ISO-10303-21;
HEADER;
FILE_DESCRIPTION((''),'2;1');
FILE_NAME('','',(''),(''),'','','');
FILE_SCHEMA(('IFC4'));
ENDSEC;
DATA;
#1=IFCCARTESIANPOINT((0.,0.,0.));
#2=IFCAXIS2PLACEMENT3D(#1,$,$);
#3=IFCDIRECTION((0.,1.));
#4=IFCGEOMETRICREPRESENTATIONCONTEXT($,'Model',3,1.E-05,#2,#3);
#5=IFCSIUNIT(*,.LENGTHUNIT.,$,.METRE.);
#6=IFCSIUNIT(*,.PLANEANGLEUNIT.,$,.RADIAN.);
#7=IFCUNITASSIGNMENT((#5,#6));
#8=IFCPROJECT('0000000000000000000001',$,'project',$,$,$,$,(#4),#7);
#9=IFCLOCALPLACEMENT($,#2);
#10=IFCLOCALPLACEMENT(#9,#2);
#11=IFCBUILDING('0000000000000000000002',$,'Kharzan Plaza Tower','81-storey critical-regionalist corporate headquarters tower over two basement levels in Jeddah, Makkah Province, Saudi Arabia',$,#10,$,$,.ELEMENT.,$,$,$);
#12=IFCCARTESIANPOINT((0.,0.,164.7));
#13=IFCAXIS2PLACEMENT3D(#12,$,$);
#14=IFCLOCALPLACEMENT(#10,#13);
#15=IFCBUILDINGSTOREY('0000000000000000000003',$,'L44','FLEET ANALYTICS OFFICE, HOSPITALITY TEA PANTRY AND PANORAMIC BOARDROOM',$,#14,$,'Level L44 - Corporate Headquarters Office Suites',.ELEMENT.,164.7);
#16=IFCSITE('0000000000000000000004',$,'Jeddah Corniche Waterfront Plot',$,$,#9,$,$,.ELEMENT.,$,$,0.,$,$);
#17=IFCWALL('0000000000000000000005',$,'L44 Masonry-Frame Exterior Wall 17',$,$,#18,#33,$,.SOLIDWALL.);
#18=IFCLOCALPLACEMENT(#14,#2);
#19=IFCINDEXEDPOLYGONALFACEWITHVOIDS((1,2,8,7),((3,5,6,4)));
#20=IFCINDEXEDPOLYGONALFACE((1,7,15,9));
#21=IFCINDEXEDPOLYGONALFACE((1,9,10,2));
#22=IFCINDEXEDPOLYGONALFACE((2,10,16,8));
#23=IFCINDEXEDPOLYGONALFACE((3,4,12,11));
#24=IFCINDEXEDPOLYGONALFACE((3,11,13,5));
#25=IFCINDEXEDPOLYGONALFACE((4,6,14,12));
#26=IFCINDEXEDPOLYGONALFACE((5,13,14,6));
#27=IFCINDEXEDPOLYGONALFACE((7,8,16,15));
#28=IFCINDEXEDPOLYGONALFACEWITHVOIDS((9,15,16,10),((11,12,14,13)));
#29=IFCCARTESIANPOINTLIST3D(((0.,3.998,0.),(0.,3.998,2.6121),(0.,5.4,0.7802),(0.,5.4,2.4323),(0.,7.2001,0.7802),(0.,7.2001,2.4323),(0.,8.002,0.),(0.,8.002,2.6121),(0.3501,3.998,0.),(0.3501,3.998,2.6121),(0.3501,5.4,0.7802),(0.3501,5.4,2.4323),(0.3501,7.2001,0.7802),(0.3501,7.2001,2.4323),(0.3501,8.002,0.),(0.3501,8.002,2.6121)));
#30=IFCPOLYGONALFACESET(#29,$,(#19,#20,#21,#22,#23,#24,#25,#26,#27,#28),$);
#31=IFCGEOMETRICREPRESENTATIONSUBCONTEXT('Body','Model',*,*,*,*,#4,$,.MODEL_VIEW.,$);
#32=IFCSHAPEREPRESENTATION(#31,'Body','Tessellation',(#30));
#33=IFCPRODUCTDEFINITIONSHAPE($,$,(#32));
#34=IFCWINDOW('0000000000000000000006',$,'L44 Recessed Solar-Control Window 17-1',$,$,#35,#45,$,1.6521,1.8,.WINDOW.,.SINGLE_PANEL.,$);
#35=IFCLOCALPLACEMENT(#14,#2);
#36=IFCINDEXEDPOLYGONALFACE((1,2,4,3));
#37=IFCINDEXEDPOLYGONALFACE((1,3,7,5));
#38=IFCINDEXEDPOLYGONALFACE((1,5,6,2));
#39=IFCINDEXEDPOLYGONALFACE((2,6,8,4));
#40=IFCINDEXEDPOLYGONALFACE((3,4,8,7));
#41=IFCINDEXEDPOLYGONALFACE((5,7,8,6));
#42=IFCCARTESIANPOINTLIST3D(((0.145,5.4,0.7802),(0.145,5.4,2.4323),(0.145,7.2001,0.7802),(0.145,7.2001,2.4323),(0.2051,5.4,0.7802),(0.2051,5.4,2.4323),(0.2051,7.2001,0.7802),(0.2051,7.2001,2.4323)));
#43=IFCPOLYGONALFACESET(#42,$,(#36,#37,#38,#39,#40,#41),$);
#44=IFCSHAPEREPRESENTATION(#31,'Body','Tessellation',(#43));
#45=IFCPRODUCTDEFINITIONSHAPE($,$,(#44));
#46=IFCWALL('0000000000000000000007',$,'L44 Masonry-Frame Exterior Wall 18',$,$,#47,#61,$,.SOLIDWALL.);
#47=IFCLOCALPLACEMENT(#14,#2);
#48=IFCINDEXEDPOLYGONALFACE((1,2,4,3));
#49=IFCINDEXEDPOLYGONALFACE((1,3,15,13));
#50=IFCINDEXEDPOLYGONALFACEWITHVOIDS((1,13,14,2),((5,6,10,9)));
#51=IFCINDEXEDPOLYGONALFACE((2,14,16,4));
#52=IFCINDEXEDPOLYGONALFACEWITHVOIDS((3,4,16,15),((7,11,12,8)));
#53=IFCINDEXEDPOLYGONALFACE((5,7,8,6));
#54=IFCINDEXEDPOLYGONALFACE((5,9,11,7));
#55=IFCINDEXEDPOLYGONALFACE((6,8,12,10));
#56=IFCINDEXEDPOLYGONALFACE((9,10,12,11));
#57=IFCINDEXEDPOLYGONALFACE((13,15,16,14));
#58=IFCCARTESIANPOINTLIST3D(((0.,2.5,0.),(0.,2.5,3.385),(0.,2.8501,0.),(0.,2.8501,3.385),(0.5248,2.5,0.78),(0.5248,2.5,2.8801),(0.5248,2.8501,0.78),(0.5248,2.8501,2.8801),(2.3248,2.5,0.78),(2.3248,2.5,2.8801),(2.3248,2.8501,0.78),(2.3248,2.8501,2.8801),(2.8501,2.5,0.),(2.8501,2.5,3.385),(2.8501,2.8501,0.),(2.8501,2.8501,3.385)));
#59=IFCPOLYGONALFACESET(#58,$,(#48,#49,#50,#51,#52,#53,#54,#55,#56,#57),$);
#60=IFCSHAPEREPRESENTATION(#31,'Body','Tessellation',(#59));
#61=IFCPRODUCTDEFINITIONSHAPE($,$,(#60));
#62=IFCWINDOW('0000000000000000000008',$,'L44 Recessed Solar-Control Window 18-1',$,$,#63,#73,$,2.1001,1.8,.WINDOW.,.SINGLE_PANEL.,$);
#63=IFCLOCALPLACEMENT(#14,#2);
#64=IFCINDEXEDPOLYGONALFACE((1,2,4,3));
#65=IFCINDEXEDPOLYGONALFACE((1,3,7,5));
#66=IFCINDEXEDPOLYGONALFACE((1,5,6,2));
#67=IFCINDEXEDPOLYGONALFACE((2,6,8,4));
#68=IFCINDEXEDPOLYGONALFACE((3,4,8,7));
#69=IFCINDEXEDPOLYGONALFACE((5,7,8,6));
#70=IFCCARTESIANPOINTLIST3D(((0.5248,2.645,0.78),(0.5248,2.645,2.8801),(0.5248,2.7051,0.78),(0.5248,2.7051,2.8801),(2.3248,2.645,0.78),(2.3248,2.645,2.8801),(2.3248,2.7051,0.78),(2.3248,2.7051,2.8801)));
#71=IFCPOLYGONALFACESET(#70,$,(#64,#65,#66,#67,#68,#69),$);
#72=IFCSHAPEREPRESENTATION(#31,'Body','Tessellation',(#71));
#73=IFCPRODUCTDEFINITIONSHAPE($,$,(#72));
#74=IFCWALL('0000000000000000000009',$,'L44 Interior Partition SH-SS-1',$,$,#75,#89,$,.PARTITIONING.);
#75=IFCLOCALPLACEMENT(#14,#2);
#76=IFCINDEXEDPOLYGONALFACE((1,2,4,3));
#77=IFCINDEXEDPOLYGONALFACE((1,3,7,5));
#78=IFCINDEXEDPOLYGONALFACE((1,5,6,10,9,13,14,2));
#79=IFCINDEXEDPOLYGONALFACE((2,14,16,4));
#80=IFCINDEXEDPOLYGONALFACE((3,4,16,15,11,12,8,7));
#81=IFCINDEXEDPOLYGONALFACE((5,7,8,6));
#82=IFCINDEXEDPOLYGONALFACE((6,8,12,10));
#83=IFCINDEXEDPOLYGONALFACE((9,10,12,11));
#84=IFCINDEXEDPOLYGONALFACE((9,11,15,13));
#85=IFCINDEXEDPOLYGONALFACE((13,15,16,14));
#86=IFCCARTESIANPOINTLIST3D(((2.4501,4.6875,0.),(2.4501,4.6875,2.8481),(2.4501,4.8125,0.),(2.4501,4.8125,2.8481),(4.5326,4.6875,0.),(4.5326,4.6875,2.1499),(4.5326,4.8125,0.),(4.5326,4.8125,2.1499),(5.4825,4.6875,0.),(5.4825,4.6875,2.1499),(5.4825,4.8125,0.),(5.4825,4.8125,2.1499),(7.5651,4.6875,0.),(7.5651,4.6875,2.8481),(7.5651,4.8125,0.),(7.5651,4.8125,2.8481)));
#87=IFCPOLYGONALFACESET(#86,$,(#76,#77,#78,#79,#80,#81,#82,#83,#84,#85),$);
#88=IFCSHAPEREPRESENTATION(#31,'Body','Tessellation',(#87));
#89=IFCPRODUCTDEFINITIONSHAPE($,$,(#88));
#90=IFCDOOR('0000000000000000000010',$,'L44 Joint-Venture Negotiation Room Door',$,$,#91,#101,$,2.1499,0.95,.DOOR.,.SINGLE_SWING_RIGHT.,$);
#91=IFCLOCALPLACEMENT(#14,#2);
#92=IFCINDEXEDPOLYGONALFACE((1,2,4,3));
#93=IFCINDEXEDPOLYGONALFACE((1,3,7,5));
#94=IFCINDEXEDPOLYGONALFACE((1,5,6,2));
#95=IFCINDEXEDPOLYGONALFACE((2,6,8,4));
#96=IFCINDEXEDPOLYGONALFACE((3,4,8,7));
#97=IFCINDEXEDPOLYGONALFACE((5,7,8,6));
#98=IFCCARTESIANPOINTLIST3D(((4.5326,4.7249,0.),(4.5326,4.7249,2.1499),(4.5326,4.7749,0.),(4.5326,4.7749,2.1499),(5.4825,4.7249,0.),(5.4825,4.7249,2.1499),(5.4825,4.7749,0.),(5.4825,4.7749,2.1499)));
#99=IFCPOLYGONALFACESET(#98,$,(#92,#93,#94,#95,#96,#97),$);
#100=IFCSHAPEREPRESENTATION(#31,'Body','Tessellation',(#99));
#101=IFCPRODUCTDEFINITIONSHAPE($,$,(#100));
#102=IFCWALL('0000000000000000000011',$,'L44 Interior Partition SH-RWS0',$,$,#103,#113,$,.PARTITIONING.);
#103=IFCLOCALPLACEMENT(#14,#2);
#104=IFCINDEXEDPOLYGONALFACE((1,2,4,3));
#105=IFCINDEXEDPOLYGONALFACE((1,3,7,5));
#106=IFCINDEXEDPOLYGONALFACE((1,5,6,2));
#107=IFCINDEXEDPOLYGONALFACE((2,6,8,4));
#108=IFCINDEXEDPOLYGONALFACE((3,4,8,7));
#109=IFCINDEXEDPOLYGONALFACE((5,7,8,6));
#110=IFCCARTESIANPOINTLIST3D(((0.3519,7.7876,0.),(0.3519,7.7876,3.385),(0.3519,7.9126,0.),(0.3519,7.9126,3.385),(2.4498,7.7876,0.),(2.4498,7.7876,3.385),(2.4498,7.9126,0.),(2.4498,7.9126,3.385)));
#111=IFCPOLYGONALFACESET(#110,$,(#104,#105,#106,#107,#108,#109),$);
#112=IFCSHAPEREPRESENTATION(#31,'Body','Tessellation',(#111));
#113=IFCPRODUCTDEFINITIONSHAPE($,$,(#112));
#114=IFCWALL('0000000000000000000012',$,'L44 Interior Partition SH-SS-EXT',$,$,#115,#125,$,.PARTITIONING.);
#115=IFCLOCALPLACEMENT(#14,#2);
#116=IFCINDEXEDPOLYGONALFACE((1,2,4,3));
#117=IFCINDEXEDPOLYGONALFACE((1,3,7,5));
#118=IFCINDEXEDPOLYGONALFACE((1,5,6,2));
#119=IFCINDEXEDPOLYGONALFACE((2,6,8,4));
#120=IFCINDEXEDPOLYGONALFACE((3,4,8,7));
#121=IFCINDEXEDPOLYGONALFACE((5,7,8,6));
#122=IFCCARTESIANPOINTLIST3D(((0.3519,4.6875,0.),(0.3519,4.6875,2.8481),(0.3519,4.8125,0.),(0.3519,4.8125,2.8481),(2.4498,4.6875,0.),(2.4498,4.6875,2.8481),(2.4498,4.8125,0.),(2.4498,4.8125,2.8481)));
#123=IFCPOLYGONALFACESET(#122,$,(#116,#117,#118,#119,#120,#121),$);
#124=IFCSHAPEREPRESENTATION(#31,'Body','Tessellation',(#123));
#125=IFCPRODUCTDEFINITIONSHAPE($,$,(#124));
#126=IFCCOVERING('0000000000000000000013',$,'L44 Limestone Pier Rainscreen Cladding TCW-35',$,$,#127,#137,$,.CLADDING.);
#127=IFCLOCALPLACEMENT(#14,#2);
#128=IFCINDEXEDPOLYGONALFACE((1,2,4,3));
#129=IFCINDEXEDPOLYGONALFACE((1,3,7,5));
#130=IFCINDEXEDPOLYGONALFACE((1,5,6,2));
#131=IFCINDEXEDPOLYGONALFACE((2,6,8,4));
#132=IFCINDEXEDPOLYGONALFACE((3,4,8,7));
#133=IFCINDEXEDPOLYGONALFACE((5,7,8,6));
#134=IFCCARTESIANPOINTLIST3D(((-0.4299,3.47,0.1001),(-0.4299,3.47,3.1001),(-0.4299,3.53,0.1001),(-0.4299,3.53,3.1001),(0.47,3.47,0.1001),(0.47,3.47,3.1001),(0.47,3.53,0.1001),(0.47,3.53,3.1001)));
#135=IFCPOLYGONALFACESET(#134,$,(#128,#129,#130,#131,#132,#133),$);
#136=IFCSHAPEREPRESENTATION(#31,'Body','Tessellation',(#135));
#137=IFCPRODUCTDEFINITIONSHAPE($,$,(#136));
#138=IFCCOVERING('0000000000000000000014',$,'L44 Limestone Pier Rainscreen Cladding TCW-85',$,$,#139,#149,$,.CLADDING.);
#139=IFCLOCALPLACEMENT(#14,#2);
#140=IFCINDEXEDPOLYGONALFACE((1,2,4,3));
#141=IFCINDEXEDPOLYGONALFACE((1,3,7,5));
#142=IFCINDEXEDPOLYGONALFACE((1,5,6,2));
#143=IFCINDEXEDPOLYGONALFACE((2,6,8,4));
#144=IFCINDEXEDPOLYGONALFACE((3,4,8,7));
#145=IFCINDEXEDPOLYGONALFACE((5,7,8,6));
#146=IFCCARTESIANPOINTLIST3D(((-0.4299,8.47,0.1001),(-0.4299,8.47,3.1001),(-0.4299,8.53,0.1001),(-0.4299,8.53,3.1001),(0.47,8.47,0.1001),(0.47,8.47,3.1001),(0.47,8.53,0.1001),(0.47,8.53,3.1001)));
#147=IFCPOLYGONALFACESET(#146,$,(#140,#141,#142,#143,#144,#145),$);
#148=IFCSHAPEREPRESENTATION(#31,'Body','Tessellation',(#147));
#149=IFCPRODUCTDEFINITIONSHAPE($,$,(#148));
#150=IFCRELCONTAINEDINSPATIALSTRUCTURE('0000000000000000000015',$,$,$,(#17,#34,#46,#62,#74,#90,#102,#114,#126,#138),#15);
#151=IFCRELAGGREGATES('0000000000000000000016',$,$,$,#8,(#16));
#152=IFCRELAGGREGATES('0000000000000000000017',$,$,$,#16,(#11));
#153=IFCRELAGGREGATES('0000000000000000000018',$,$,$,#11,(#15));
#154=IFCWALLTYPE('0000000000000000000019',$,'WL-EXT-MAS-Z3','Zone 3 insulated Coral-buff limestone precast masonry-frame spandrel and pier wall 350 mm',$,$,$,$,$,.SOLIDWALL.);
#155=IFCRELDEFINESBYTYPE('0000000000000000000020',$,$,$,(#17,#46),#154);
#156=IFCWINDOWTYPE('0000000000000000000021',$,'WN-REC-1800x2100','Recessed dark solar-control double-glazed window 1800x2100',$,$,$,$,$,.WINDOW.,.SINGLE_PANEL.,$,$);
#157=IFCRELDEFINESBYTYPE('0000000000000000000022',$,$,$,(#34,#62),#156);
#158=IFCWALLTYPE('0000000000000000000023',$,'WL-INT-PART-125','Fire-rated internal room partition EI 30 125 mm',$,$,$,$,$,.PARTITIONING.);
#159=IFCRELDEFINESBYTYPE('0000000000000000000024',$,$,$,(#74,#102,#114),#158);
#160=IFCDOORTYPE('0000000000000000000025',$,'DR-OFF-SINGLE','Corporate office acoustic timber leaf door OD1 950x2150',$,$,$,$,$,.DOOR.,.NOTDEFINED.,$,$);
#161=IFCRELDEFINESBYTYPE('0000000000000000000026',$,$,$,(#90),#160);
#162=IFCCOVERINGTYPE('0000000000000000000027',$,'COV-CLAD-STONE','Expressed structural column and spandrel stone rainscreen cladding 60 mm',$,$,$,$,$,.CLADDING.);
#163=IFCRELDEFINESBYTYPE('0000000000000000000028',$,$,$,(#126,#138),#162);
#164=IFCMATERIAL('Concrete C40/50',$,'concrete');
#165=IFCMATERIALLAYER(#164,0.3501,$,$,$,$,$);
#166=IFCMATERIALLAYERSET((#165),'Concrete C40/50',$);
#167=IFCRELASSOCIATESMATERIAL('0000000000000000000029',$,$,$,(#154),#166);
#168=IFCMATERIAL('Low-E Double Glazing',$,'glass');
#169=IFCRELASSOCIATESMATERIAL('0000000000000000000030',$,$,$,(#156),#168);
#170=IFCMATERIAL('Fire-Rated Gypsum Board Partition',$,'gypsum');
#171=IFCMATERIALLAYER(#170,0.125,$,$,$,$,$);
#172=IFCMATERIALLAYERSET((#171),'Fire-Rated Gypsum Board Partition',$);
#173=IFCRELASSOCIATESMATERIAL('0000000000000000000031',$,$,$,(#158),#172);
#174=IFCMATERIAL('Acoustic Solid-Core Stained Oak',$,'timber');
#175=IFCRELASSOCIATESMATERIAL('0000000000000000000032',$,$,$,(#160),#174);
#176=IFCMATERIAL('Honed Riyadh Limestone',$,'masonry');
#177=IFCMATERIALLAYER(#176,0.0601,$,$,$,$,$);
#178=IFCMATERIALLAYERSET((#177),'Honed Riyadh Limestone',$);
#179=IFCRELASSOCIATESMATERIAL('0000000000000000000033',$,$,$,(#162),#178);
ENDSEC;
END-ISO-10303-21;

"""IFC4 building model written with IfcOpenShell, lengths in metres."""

from ifc_helpers import new_model, si_unit, direction, frame, frame_2d, origin, origin_2d, place, context, subcontext, project, spatial, rectangle, extrude, source, transform, mapped, material, layer, layer_set, type_object, element, fill, save


model = new_model("IFC4")

# Units and contexts
model_context = context("Model", 3, precision=1e-05, world=origin(), true_north=direction((0.0, 1.0)))
body_context = subcontext(model_context, "Body", "Model", "MODEL_VIEW")
ifc_project = project(units=[si_unit("LENGTHUNIT", "METRE"), si_unit("PLANEANGLEUNIT", "RADIAN")], contexts=[model_context])

# Site, building, storey
site_placement = place(None, origin())
site = spatial("IfcSite", under=ifc_project, at=site_placement, Name="Jeddah Corniche Waterfront Plot", CompositionType="ELEMENT", RefElevation=0.0)
building_placement = place(site_placement, origin())
building = spatial("IfcBuilding", under=site, at=building_placement, Name="Kharzan Plaza Tower", Description="81-storey critical-regionalist corporate headquarters tower over two basement levels in Jeddah, Makkah Province, Saudi Arabia", CompositionType="ELEMENT")
storey_placement = place(building_placement, frame((0.0, 0.0, 164.7)))
storey = spatial("IfcBuildingStorey", under=building, at=storey_placement, Name="L44", Description="FLEET ANALYTICS OFFICE, HOSPITALITY TEA PANTRY AND PANORAMIC BOARDROOM", LongName="Level L44 - Corporate Headquarters Office Suites", CompositionType="ELEMENT", Elevation=164.7)

# Shared definitions
ifc_material_1 = material(Name="Concrete C40/50", Category="concrete")

# Walls, openings, windows
ifc_layer_1 = layer(ifc_material_1, 0.3501)
ifc_layer_set_1 = layer_set([ifc_layer_1], Name="Concrete C40/50")
wall_type_1 = type_object("IfcWallType", Name="WL-EXT-MAS-Z3", Description="Zone 3 insulated Coral-buff limestone precast masonry-frame spandrel and pier wall 350 mm", PredefinedType="SOLIDWALL", material=ifc_layer_set_1)
wall_1_placement = place(storey_placement, frame((0.175, 8.002, 0.0), z_axis=(0.0, 0.0, 1.0), x_axis=(0.0, -1.0, 0.0)))
wall_1 = element("IfcWall", 1, at=wall_1_placement, inside=storey, type_object=wall_type_1, Name="L44 Masonry-Frame Exterior Wall 17", PredefinedType="SOLIDWALL", context=body_context, shape_type="SweptSolid", body=[
    extrude(rectangle(XDim=4.0039, YDim=0.3501, at=frame_2d((2.002, 0.0))), origin(), (0.0, 0.0, 1.0), 2.6121),
])
opening_1_placement = place(wall_1_placement, frame((0.802, 0.0, 0.78)))
opening_1 = element("IfcOpeningElement", 2, at=opening_1_placement, cuts=wall_1, PredefinedType="OPENING", context=body_context, shape_type="SweptSolid", body=[
    extrude(rectangle(XDim=1.8, YDim=1.6521, at=frame_2d((0.8999, 0.8262))), frame((0.0, 0.1851, 0.0), z_axis=(0.0, -1.0, 0.0), x_axis=(1.0, 0.0, 0.0)), (0.0, 0.0, 1.0), 0.3701),
])
ifc_material_2 = material(Name="Low-E Double Glazing", Category="glass")
window_type = type_object("IfcWindowType", Name="WN-REC-1800x2100", Description="Recessed dark solar-control double-glazed window 1800x2100", PartitioningType="SINGLE_PANEL", PredefinedType="WINDOW", material=ifc_material_2)
shared_shape_1 = source(origin(), body_context, "Body", "SweptSolid", [
    extrude(rectangle(XDim=1.8, YDim=1.6521, at=frame_2d((0.8999, 0.8262))), frame((0.0, 0.03, 0.0), z_axis=(0.0, -1.0, 0.0), x_axis=(1.0, 0.0, 0.0)), (0.0, 0.0, 1.0), 0.0601),
])
window_1_placement = place(opening_1_placement, origin())
window_1 = element("IfcWindow", 3, at=window_1_placement, inside=storey, type_object=window_type, Name="L44 Recessed Solar-Control Window 17-1", OverallHeight=1.6521, OverallWidth=1.8, PartitioningType="SINGLE_PANEL", PredefinedType="WINDOW", context=body_context, shape_type="MappedRepresentation", body=[
    mapped(shared_shape_1, transform((0.0, 0.0, 0.0), x_axis=(1.0, 0.0, 0.0), y_axis=(0.0, 1.0, 0.0), z_axis=(0.0, 0.0, 1.0))),
])
fill(opening_1, window_1)
wall_2_placement = place(storey_placement, frame((0.0, 2.675, 0.0), z_axis=(0.0, 0.0, 1.0), x_axis=(1.0, 0.0, 0.0)))
wall_2 = element("IfcWall", 4, at=wall_2_placement, inside=storey, type_object=wall_type_1, Name="L44 Masonry-Frame Exterior Wall 18", PredefinedType="SOLIDWALL", context=body_context, shape_type="SweptSolid", body=[
    extrude(rectangle(XDim=2.8501, YDim=0.3501, at=frame_2d((1.425, 0.0))), origin(), (0.0, 0.0, 1.0), 3.385),
])
opening_2_placement = place(wall_2_placement, frame((0.5249, 0.0, 0.78)))
opening_2 = element("IfcOpeningElement", 5, at=opening_2_placement, cuts=wall_2, PredefinedType="OPENING", context=body_context, shape_type="SweptSolid", body=[
    extrude(rectangle(XDim=1.8, YDim=2.1001, at=frame_2d((0.8999, 1.05))), frame((0.0, 0.1851, 0.0), z_axis=(0.0, -1.0, 0.0), x_axis=(1.0, 0.0, 0.0)), (0.0, 0.0, 1.0), 0.3701),
])
shared_shape_2 = source(origin(), body_context, "Body", "SweptSolid", [
    extrude(rectangle(XDim=1.8, YDim=2.1001, at=frame_2d((0.8999, 1.05))), frame((0.0, 0.03, 0.0), z_axis=(0.0, -1.0, 0.0), x_axis=(1.0, 0.0, 0.0)), (0.0, 0.0, 1.0), 0.0601),
])
window_2_placement = place(opening_2_placement, origin())
window_2 = element("IfcWindow", 6, at=window_2_placement, inside=storey, type_object=window_type, Name="L44 Recessed Solar-Control Window 18-1", OverallHeight=2.1001, OverallWidth=1.8, PartitioningType="SINGLE_PANEL", PredefinedType="WINDOW", context=body_context, shape_type="MappedRepresentation", body=[
    mapped(shared_shape_2, transform((0.0, 0.0, 0.0), x_axis=(1.0, 0.0, 0.0), y_axis=(0.0, 1.0, 0.0), z_axis=(0.0, 0.0, 1.0))),
])
fill(opening_2, window_2)

# Wall, opening, door
ifc_material_3 = material(Name="Fire-Rated Gypsum Board Partition", Category="gypsum")
ifc_layer_2 = layer(ifc_material_3, 0.125)
ifc_layer_set_2 = layer_set([ifc_layer_2], Name="Fire-Rated Gypsum Board Partition")
wall_type_2 = type_object("IfcWallType", Name="WL-INT-PART-125", Description="Fire-rated internal room partition EI 30 125 mm", PredefinedType="PARTITIONING", material=ifc_layer_set_2)
wall_3_placement = place(storey_placement, frame((2.45, 4.75, 0.0), z_axis=(0.0, 0.0, 1.0), x_axis=(1.0, 0.0, 0.0)))
wall_3 = element("IfcWall", 7, at=wall_3_placement, inside=storey, type_object=wall_type_2, Name="L44 Interior Partition SH-SS-1", PredefinedType="PARTITIONING", context=body_context, shape_type="SweptSolid", body=[
    extrude(rectangle(XDim=5.115, YDim=0.125, at=frame_2d((2.5576, 0.0))), origin(), (0.0, 0.0, 1.0), 2.8481),
])
opening_3_placement = place(wall_3_placement, frame((2.0825, 0.0, 0.0)))
opening_3 = element("IfcOpeningElement", 8, at=opening_3_placement, cuts=wall_3, PredefinedType="OPENING", context=body_context, shape_type="SweptSolid", body=[
    extrude(rectangle(XDim=0.95, YDim=2.1499, at=frame_2d((0.4751, 1.075))), frame((0.0, 0.0725, 0.0), z_axis=(0.0, -1.0, 0.0), x_axis=(1.0, 0.0, 0.0)), (0.0, 0.0, 1.0), 0.145),
])
ifc_material_4 = material(Name="Acoustic Solid-Core Stained Oak", Category="timber")
door_type = type_object("IfcDoorType", Name="DR-OFF-SINGLE", Description="Corporate office acoustic timber leaf door OD1 950x2150", OperationType="NOTDEFINED", PredefinedType="DOOR", material=ifc_material_4)
shared_shape_3 = source(origin(), body_context, "Body", "SweptSolid", [
    extrude(rectangle(XDim=0.95, YDim=2.1499, at=frame_2d((0.4751, 1.075))), frame((0.0, 0.0249, 0.0), z_axis=(0.0, -1.0, 0.0), x_axis=(1.0, 0.0, 0.0)), (0.0, 0.0, 1.0), 0.05),
])
door_placement = place(opening_3_placement, origin())
door = element("IfcDoor", 9, at=door_placement, inside=storey, type_object=door_type, Name="L44 Joint-Venture Negotiation Room Door", OperationType="SINGLE_SWING_RIGHT", OverallHeight=2.1499, OverallWidth=0.95, PredefinedType="DOOR", context=body_context, shape_type="MappedRepresentation", body=[
    mapped(shared_shape_3, transform((0.0, 0.0, 0.0), x_axis=(1.0, 0.0, 0.0), y_axis=(0.0, 1.0, 0.0), z_axis=(0.0, 0.0, 1.0))),
])
fill(opening_3, door)

# Walls
shared_shape_4 = source(origin(), body_context, "Body", "SweptSolid", [
    extrude(rectangle(XDim=2.0979, YDim=0.125, at=frame_2d((1.0488, 0.0))), origin(), (0.0, 0.0, 1.0), 3.385),
])
wall_4_placement = place(storey_placement, frame((0.3521, 7.8501, 0.0), z_axis=(0.0, 0.0, 1.0), x_axis=(1.0, 0.0, 0.0)))
element("IfcWall", 10, at=wall_4_placement, inside=storey, type_object=wall_type_2, Name="L44 Interior Partition SH-RWS0", PredefinedType="PARTITIONING", context=body_context, shape_type="MappedRepresentation", body=[
    mapped(shared_shape_4, transform((0.0, 0.0, 0.0), x_axis=(1.0, 0.0, 0.0), y_axis=(0.0, 1.0, 0.0), z_axis=(0.0, 0.0, 1.0))),
])
shared_shape_5 = source(origin(), body_context, "Body", "SweptSolid", [
    extrude(rectangle(XDim=2.0979, YDim=0.125, at=frame_2d((1.0488, 0.0))), origin(), (0.0, 0.0, 1.0), 2.8481),
])
wall_5_placement = place(storey_placement, frame((0.3521, 4.75, 0.0), z_axis=(0.0, 0.0, 1.0), x_axis=(1.0, 0.0, 0.0)))
element("IfcWall", 11, at=wall_5_placement, inside=storey, type_object=wall_type_2, Name="L44 Interior Partition SH-SS-EXT", PredefinedType="PARTITIONING", context=body_context, shape_type="MappedRepresentation", body=[
    mapped(shared_shape_5, transform((0.0, 0.0, 0.0), x_axis=(1.0, 0.0, 0.0), y_axis=(0.0, 1.0, 0.0), z_axis=(0.0, 0.0, 1.0))),
])

# Coverings
ifc_material_5 = material(Name="Honed Riyadh Limestone", Category="masonry")
ifc_layer_3 = layer(ifc_material_5, 0.0601)
ifc_layer_set_3 = layer_set([ifc_layer_3], Name="Honed Riyadh Limestone")
covering_type = type_object("IfcCoveringType", Name="COV-CLAD-STONE", Description="Expressed structural column and spandrel stone rainscreen cladding 60 mm", PredefinedType="CLADDING", material=ifc_layer_set_3)
shared_shape_6 = source(origin(), body_context, "Body", "SweptSolid", [
    extrude(rectangle(XDim=0.0601, YDim=0.8999, at=origin_2d()), origin(), (0.0, 0.0, 1.0), 3.0),
])
for number, where, z_axis, x_axis, name in (
    (12, (0.02, 3.5, 0.1001), (0.0, 0.0, 1.0), (0.0, 1.0, 0.0), "L44 Limestone Pier Rainscreen Cladding TCW-35"),
    (13, (0.02, 8.5, 0.1001), (0.0, 0.0, 1.0), (0.0, 1.0, 0.0), "L44 Limestone Pier Rainscreen Cladding TCW-85"),
):
    element("IfcCovering", number, at=place(storey_placement, frame(where, z_axis=z_axis, x_axis=x_axis)), inside=storey, type_object=covering_type, Name=name, PredefinedType="CLADDING", context=body_context, shape_type="MappedRepresentation", body=[
        mapped(shared_shape_6, transform((0.0, 0.0, 0.0), x_axis=(1.0, 0.0, 0.0), y_axis=(0.0, 1.0, 0.0), z_axis=(0.0, 0.0, 1.0))),
    ])

save(model, "model.ifc")
